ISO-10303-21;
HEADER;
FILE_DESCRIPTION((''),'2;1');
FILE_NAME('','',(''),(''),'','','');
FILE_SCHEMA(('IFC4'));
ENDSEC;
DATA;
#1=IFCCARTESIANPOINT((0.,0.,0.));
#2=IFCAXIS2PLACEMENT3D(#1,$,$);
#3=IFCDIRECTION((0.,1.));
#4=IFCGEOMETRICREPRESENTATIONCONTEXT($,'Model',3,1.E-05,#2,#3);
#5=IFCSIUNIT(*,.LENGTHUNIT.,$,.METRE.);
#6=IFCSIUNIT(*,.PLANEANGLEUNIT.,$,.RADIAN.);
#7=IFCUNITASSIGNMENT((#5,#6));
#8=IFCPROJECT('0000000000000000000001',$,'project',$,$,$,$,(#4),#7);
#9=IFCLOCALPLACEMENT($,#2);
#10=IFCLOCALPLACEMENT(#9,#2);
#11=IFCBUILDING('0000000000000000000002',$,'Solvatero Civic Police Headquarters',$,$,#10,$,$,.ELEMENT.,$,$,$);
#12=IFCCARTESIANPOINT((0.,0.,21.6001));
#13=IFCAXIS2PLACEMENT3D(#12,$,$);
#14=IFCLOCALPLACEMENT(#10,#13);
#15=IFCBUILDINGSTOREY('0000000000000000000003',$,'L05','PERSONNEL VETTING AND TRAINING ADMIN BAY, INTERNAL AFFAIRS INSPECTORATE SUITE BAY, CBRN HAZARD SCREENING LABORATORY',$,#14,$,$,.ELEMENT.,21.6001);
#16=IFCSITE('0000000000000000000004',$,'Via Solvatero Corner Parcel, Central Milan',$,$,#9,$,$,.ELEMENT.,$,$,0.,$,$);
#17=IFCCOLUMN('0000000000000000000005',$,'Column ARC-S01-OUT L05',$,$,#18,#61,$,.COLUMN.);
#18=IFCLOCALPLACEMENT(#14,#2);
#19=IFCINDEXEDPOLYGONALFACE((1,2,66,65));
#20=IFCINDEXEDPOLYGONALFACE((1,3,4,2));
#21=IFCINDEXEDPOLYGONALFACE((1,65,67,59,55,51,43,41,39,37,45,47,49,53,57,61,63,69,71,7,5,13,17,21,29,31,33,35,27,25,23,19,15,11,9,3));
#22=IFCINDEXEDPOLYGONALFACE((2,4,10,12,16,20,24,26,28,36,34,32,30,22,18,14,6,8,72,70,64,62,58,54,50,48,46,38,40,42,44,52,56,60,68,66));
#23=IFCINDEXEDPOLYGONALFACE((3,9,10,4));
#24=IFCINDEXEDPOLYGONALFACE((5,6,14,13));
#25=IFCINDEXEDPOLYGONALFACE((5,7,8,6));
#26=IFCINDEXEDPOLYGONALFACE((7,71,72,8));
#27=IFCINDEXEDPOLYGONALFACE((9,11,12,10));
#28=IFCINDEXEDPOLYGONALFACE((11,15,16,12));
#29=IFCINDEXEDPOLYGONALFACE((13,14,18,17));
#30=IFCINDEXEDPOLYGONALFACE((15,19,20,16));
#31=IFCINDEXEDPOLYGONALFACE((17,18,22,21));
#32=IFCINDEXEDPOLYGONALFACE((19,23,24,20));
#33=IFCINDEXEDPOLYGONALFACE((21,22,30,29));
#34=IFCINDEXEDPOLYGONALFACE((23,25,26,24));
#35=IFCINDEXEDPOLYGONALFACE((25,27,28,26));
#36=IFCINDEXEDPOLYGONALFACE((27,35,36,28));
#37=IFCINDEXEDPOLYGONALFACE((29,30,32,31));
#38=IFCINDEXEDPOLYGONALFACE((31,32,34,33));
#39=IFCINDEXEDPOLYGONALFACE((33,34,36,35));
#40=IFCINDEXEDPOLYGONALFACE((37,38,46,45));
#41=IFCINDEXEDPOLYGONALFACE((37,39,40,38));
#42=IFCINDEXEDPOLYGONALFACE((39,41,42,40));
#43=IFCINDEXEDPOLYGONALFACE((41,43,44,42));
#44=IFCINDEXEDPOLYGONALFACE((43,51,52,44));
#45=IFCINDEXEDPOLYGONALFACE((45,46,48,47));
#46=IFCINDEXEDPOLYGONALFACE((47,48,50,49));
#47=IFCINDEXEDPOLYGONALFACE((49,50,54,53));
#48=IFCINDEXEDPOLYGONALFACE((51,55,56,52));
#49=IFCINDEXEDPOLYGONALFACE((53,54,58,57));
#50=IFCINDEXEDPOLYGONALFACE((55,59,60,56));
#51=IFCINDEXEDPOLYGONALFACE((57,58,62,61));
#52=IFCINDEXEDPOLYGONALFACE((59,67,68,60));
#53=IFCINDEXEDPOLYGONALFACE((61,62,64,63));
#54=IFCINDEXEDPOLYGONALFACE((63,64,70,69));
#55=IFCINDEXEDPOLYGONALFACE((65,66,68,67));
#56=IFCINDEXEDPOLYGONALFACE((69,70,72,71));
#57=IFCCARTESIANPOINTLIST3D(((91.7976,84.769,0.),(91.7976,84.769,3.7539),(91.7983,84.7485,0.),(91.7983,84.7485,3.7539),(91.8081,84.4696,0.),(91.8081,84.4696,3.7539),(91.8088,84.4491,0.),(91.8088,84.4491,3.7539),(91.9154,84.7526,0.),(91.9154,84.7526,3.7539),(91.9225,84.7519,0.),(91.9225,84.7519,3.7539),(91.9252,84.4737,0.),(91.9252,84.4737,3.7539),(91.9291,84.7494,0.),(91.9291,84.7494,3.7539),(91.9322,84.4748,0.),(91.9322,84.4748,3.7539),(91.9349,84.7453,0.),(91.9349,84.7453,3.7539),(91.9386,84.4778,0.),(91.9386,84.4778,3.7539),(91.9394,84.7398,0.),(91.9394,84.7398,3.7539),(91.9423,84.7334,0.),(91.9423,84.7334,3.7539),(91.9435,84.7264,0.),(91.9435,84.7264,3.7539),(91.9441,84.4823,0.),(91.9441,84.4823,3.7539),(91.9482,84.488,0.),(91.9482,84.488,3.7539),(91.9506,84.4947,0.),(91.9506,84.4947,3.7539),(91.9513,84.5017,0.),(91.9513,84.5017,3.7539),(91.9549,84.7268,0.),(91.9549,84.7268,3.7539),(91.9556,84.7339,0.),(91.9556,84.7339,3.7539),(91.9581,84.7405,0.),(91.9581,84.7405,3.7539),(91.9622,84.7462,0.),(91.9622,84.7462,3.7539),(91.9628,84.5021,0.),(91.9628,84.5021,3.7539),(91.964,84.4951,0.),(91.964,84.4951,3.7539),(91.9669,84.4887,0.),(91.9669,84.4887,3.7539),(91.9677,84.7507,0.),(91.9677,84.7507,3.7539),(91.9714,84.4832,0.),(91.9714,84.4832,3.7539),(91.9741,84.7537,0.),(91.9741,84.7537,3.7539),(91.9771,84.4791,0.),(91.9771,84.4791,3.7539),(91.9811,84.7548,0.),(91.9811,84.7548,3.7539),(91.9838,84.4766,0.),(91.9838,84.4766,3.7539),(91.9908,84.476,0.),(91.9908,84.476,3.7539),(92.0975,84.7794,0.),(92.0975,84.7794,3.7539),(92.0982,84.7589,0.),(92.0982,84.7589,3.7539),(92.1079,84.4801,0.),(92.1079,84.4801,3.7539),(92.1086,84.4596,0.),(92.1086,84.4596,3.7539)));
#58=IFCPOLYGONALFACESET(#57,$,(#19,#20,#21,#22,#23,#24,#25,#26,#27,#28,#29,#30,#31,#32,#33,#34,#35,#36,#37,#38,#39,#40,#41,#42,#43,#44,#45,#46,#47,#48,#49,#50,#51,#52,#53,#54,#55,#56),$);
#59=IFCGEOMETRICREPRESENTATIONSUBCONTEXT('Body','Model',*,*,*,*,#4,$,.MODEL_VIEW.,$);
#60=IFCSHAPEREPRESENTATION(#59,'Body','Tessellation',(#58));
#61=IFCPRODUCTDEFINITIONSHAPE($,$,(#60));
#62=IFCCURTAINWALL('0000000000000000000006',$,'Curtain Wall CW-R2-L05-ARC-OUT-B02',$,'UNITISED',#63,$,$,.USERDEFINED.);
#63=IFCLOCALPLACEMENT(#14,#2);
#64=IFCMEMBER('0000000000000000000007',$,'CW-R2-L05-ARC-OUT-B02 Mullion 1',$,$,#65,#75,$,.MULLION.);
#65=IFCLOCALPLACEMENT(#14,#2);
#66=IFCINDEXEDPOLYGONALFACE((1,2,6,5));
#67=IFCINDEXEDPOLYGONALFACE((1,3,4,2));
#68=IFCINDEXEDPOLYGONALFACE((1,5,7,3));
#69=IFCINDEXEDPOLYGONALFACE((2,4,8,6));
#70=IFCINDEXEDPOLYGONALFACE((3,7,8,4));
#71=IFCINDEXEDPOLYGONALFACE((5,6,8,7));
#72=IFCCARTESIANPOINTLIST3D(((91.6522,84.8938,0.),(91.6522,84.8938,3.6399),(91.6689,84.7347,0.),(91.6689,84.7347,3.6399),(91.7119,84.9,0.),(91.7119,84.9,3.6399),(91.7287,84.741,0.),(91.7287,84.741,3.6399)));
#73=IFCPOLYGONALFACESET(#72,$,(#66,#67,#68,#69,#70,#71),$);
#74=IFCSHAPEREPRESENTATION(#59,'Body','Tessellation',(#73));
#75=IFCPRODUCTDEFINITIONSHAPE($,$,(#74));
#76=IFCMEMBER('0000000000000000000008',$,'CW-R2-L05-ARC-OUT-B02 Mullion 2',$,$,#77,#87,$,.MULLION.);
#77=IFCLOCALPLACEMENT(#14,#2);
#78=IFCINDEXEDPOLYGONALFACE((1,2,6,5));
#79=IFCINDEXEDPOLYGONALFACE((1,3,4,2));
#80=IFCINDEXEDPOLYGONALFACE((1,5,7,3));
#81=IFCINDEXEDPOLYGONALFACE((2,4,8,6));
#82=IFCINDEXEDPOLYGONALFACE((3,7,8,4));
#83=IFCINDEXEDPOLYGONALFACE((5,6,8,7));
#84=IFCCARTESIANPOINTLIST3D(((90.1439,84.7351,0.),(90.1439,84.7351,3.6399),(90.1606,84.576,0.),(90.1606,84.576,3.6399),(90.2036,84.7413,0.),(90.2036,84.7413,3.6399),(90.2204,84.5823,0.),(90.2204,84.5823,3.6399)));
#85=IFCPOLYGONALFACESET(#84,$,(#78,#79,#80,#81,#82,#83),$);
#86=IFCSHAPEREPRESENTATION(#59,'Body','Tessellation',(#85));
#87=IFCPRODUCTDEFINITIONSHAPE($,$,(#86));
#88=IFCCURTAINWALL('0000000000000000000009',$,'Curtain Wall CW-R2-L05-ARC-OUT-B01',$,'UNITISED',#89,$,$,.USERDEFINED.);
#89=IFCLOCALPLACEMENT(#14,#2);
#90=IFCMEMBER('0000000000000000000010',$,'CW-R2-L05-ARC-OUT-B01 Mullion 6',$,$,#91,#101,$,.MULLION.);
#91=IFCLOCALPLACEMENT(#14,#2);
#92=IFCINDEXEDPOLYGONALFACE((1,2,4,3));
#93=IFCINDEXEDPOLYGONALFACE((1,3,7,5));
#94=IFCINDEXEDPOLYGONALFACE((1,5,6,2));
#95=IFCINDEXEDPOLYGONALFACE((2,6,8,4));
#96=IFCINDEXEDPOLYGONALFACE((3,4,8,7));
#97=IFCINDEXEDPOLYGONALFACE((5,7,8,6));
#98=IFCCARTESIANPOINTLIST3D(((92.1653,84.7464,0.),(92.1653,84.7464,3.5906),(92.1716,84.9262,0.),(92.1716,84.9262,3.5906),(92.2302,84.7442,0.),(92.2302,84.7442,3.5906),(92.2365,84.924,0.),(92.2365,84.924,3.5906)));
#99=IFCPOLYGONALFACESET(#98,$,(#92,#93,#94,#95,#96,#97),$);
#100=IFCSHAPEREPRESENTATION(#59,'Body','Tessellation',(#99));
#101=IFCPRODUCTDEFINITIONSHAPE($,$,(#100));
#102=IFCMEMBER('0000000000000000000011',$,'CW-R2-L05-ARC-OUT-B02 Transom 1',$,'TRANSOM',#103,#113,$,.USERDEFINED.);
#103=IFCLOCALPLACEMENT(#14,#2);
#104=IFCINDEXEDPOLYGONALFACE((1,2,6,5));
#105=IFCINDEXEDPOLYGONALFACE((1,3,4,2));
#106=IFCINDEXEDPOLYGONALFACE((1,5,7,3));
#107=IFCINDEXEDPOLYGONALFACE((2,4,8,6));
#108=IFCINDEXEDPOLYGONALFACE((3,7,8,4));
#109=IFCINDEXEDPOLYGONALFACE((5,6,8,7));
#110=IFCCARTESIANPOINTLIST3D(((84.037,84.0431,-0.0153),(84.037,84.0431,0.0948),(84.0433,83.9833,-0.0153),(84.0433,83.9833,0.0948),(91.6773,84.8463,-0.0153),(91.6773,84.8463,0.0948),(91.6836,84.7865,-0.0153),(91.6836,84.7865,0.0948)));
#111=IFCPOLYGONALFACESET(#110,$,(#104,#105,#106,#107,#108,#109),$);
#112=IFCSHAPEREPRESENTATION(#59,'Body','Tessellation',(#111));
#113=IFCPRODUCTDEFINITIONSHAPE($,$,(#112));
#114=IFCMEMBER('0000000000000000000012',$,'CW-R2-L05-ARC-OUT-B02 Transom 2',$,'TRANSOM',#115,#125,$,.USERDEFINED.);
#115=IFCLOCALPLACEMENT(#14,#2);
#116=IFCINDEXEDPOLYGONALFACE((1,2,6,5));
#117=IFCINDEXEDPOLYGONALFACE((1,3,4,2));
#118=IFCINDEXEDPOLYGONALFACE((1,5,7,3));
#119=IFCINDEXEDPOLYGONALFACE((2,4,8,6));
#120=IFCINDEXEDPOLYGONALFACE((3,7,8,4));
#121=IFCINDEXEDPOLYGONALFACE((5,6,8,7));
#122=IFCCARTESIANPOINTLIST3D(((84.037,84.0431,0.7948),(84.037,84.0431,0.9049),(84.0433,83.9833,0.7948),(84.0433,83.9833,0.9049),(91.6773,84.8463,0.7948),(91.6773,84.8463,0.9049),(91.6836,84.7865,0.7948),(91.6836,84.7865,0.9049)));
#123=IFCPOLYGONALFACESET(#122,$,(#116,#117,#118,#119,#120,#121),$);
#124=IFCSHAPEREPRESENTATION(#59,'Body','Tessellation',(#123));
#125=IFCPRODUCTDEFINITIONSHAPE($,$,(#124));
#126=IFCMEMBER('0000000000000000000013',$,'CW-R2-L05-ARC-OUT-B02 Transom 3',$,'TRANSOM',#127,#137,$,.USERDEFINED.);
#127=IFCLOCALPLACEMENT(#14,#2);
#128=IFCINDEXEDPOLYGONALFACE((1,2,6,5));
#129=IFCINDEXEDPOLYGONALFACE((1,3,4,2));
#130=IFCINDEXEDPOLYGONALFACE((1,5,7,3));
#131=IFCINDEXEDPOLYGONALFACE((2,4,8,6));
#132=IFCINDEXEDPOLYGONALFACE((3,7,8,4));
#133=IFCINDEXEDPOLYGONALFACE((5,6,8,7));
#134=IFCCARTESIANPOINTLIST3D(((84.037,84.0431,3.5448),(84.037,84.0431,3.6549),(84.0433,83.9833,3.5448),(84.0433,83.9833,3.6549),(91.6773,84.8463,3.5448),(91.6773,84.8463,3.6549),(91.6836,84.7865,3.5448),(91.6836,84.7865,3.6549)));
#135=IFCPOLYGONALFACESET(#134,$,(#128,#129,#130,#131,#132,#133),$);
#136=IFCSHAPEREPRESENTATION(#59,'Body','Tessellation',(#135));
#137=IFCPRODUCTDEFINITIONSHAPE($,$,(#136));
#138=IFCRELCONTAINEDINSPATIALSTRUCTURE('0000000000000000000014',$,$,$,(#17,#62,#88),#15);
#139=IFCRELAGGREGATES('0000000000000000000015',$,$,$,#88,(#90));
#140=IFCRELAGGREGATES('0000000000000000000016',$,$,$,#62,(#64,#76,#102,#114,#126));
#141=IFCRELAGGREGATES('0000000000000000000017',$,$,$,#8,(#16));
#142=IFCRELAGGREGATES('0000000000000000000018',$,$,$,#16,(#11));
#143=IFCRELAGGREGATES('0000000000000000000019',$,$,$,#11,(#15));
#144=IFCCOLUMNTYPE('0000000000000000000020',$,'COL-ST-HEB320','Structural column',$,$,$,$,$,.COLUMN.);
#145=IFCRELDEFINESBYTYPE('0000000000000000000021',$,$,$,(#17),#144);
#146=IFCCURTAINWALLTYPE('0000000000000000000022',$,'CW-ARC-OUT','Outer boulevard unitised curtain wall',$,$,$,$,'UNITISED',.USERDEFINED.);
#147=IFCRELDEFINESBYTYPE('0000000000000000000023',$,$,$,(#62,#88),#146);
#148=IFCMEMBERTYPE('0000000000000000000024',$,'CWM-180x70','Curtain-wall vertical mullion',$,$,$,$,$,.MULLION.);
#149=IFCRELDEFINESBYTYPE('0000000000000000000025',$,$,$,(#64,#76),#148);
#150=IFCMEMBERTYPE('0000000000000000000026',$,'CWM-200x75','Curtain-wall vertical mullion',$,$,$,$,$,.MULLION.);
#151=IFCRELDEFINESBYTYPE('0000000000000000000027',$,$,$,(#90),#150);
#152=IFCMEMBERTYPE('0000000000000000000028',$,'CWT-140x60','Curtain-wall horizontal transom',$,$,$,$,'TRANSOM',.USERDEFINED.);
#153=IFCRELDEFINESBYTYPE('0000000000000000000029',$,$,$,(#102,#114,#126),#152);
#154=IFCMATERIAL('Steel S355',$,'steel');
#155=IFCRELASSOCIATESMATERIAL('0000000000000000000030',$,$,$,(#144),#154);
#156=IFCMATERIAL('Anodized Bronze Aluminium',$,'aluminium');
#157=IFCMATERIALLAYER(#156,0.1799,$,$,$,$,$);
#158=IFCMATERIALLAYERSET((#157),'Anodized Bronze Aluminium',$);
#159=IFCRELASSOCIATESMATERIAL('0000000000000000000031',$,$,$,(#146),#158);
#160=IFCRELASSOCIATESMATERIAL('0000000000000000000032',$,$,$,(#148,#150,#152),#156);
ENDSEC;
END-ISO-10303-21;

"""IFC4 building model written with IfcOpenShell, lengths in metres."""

from ifc_helpers import new_model, si_unit, direction, frame, origin, origin_2d, place, context, subcontext, project, spatial, rectangle, i_section, extrude, material, layer, layer_set, material_profile, profile_set, type_object, element, aggregate, save


model = new_model("IFC4")

# Units and contexts
model_context = context("Model", 3, precision=1e-05, world=origin(), true_north=direction((0.0, 1.0)))
body_context = subcontext(model_context, "Body", "Model", "MODEL_VIEW")
ifc_project = project(units=[si_unit("LENGTHUNIT", "METRE"), si_unit("PLANEANGLEUNIT", "RADIAN")], contexts=[model_context])

# Site, building, storey
site_placement = place(None, origin())
site = spatial("IfcSite", under=ifc_project, at=site_placement, Name="Via Solvatero Corner Parcel, Central Milan", CompositionType="ELEMENT", RefElevation=0.0)
building_placement = place(site_placement, origin())
building = spatial("IfcBuilding", under=site, at=building_placement, Name="Solvatero Civic Police Headquarters", CompositionType="ELEMENT")
storey_placement = place(building_placement, frame((0.0, 0.0, 21.6001)))
storey = spatial("IfcBuildingStorey", under=building, at=storey_placement, Name="L05", Description="PERSONNEL VETTING AND TRAINING ADMIN BAY, INTERNAL AFFAIRS INSPECTORATE SUITE BAY, CBRN HAZARD SCREENING LABORATORY", CompositionType="ELEMENT", Elevation=21.6001)

# Column
ifc_material_1 = material(Name="Steel S355", Category="steel")
ifc_material_profile_1 = material_profile(ifc_material_1, i_section(OverallWidth=0.3, OverallDepth=0.3201, WebThickness=0.0115, FlangeThickness=0.0205, FilletRadius=0.0271, at=origin_2d()), Name="HEB 320")
ifc_profile_set_1 = profile_set([ifc_material_profile_1], Name="Steel S355")
column_type = type_object("IfcColumnType", Name="COL-ST-HEB320", Description="Structural column", PredefinedType="COLUMN", material=ifc_profile_set_1)
column_placement = place(storey_placement, frame((91.9531, 84.6143, 0.0), z_axis=(0.0, 0.0, 1.0), x_axis=(0.999391, 0.034899, 0.0)))
element("IfcColumn", 1, at=column_placement, inside=storey, type_object=column_type, Name="Column ARC-S01-OUT L05", PredefinedType="COLUMN", context=body_context, shape_type="SweptSolid", body=[
    extrude(i_section(OverallWidth=0.3, OverallDepth=0.3201, WebThickness=0.0115, FlangeThickness=0.0205, FilletRadius=0.0271, at=origin_2d()), origin(), (0.0, 0.0, 1.0), 3.7539),
])

# Curtain wall, members
ifc_material_2 = material(Name="Anodized Bronze Aluminium", Category="aluminium")
ifc_layer_1 = layer(ifc_material_2, 0.1799)
ifc_layer_set_1 = layer_set([ifc_layer_1], Name="Anodized Bronze Aluminium")
curtain_wall_type = type_object("IfcCurtainWallType", Name="CW-ARC-OUT", Description="Outer boulevard unitised curtain wall", ElementType="UNITISED", PredefinedType="USERDEFINED", material=ifc_layer_set_1)
curtain_wall_1_placement = place(storey_placement, origin())
curtain_wall_1 = element("IfcCurtainWall", 2, at=curtain_wall_1_placement, inside=storey, type_object=curtain_wall_type, Name="Curtain Wall CW-R2-L05-ARC-OUT-B02", ObjectType="UNITISED", PredefinedType="USERDEFINED")
ifc_material_profile_2 = material_profile(ifc_material_2, rectangle(XDim=0.0601, YDim=0.1599, at=origin_2d()), Name="ALU MULLION 60x160")
ifc_profile_set_2 = profile_set([ifc_material_profile_2], Name="Anodized Bronze Aluminium")
member_type_1 = type_object("IfcMemberType", Name="CWM-180x70", Description="Curtain-wall vertical mullion", PredefinedType="MULLION", material=ifc_profile_set_2)
member_1_placement = place(storey_placement, frame((91.6904, 84.8174, 0.0), z_axis=(0.0, 0.0, 1.0), x_axis=(-0.994524, -0.104511, 0.0)))
member_1 = element("IfcMember", 3, at=member_1_placement, type_object=member_type_1, Name="CW-R2-L05-ARC-OUT-B02 Mullion 1", PredefinedType="MULLION", context=body_context, shape_type="SweptSolid", body=[
    extrude(rectangle(XDim=0.0601, YDim=0.1599, at=origin_2d()), origin(), (0.0, 0.0, 1.0), 3.6399),
])
member_2_placement = place(storey_placement, frame((90.1821, 84.6587, 0.0), z_axis=(0.0, 0.0, 1.0), x_axis=(-0.994524, -0.104511, 0.0)))
member_2 = element("IfcMember", 4, at=member_2_placement, type_object=member_type_1, Name="CW-R2-L05-ARC-OUT-B02 Mullion 2", PredefinedType="MULLION", context=body_context, shape_type="SweptSolid", body=[
    extrude(rectangle(XDim=0.0601, YDim=0.1599, at=origin_2d()), origin(), (0.0, 0.0, 1.0), 3.6399),
])

# Curtain wall, member
curtain_wall_2_placement = place(storey_placement, origin())
curtain_wall_2 = element("IfcCurtainWall", 5, at=curtain_wall_2_placement, inside=storey, type_object=curtain_wall_type, Name="Curtain Wall CW-R2-L05-ARC-OUT-B01", ObjectType="UNITISED", PredefinedType="USERDEFINED")
ifc_material_profile_3 = material_profile(ifc_material_2, rectangle(XDim=0.0649, YDim=0.1799, at=origin_2d()), Name="ALU MULLION 65x180")
ifc_profile_set_3 = profile_set([ifc_material_profile_3], Name="Anodized Bronze Aluminium")
member_type_2 = type_object("IfcMemberType", Name="CWM-200x75", Description="Curtain-wall vertical mullion", PredefinedType="MULLION", material=ifc_profile_set_3)
member_3_placement = place(storey_placement, frame((92.2009, 84.8352, 0.0), z_axis=(0.0, 0.0, 1.0), x_axis=(-0.99939, 0.034917, 0.0)))
member_3 = element("IfcMember", 6, at=member_3_placement, type_object=member_type_2, Name="CW-R2-L05-ARC-OUT-B01 Mullion 6", PredefinedType="MULLION", context=body_context, shape_type="SweptSolid", body=[
    extrude(rectangle(XDim=0.0649, YDim=0.1799, at=origin_2d()), origin(), (0.0, 0.0, 1.0), 3.5906),
])

# Members
ifc_material_profile_4 = material_profile(ifc_material_2, rectangle(XDim=0.0601, YDim=0.1101, at=origin_2d()), Name="ALU TRANSOM 60x110")
ifc_profile_set_4 = profile_set([ifc_material_profile_4], Name="Anodized Bronze Aluminium")
member_type_3 = type_object("IfcMemberType", Name="CWT-140x60", Description="Curtain-wall horizontal transom", ElementType="TRANSOM", PredefinedType="USERDEFINED", material=ifc_profile_set_4)
member_4_placement = place(storey_placement, frame((91.6804, 84.8164, 0.0398), z_axis=(-0.994519, -0.104552, 0.0), x_axis=(0.104552, -0.994519, 0.0)))
member_4 = element("IfcMember", 7, at=member_4_placement, type_object=member_type_3, Name="CW-R2-L05-ARC-OUT-B02 Transom 1", ObjectType="TRANSOM", PredefinedType="USERDEFINED", context=body_context, shape_type="SweptSolid", body=[
    extrude(rectangle(XDim=0.0601, YDim=0.1101, at=origin_2d()), origin(), (0.0, 0.0, 1.0), 7.6824),
])
member_5_placement = place(storey_placement, frame((91.6804, 84.8164, 0.8499), z_axis=(-0.994519, -0.104552, 0.0), x_axis=(0.104552, -0.994519, 0.0)))
member_5 = element("IfcMember", 8, at=member_5_placement, type_object=member_type_3, Name="CW-R2-L05-ARC-OUT-B02 Transom 2", ObjectType="TRANSOM", PredefinedType="USERDEFINED", context=body_context, shape_type="SweptSolid", body=[
    extrude(rectangle(XDim=0.0601, YDim=0.1101, at=origin_2d()), origin(), (0.0, 0.0, 1.0), 7.6824),
])
member_6_placement = place(storey_placement, frame((91.6804, 84.8164, 3.5999), z_axis=(-0.994519, -0.104552, 0.0), x_axis=(0.104552, -0.994519, 0.0)))
member_6 = element("IfcMember", 9, at=member_6_placement, type_object=member_type_3, Name="CW-R2-L05-ARC-OUT-B02 Transom 3", ObjectType="TRANSOM", PredefinedType="USERDEFINED", context=body_context, shape_type="SweptSolid", body=[
    extrude(rectangle(XDim=0.0601, YDim=0.1101, at=origin_2d()), origin(), (0.0, 0.0, 1.0), 7.6824),
])

aggregate(curtain_wall_2, [member_3])
aggregate(curtain_wall_1, [member_1, member_2, member_4, member_5, member_6])

save(model, "model.ifc")
